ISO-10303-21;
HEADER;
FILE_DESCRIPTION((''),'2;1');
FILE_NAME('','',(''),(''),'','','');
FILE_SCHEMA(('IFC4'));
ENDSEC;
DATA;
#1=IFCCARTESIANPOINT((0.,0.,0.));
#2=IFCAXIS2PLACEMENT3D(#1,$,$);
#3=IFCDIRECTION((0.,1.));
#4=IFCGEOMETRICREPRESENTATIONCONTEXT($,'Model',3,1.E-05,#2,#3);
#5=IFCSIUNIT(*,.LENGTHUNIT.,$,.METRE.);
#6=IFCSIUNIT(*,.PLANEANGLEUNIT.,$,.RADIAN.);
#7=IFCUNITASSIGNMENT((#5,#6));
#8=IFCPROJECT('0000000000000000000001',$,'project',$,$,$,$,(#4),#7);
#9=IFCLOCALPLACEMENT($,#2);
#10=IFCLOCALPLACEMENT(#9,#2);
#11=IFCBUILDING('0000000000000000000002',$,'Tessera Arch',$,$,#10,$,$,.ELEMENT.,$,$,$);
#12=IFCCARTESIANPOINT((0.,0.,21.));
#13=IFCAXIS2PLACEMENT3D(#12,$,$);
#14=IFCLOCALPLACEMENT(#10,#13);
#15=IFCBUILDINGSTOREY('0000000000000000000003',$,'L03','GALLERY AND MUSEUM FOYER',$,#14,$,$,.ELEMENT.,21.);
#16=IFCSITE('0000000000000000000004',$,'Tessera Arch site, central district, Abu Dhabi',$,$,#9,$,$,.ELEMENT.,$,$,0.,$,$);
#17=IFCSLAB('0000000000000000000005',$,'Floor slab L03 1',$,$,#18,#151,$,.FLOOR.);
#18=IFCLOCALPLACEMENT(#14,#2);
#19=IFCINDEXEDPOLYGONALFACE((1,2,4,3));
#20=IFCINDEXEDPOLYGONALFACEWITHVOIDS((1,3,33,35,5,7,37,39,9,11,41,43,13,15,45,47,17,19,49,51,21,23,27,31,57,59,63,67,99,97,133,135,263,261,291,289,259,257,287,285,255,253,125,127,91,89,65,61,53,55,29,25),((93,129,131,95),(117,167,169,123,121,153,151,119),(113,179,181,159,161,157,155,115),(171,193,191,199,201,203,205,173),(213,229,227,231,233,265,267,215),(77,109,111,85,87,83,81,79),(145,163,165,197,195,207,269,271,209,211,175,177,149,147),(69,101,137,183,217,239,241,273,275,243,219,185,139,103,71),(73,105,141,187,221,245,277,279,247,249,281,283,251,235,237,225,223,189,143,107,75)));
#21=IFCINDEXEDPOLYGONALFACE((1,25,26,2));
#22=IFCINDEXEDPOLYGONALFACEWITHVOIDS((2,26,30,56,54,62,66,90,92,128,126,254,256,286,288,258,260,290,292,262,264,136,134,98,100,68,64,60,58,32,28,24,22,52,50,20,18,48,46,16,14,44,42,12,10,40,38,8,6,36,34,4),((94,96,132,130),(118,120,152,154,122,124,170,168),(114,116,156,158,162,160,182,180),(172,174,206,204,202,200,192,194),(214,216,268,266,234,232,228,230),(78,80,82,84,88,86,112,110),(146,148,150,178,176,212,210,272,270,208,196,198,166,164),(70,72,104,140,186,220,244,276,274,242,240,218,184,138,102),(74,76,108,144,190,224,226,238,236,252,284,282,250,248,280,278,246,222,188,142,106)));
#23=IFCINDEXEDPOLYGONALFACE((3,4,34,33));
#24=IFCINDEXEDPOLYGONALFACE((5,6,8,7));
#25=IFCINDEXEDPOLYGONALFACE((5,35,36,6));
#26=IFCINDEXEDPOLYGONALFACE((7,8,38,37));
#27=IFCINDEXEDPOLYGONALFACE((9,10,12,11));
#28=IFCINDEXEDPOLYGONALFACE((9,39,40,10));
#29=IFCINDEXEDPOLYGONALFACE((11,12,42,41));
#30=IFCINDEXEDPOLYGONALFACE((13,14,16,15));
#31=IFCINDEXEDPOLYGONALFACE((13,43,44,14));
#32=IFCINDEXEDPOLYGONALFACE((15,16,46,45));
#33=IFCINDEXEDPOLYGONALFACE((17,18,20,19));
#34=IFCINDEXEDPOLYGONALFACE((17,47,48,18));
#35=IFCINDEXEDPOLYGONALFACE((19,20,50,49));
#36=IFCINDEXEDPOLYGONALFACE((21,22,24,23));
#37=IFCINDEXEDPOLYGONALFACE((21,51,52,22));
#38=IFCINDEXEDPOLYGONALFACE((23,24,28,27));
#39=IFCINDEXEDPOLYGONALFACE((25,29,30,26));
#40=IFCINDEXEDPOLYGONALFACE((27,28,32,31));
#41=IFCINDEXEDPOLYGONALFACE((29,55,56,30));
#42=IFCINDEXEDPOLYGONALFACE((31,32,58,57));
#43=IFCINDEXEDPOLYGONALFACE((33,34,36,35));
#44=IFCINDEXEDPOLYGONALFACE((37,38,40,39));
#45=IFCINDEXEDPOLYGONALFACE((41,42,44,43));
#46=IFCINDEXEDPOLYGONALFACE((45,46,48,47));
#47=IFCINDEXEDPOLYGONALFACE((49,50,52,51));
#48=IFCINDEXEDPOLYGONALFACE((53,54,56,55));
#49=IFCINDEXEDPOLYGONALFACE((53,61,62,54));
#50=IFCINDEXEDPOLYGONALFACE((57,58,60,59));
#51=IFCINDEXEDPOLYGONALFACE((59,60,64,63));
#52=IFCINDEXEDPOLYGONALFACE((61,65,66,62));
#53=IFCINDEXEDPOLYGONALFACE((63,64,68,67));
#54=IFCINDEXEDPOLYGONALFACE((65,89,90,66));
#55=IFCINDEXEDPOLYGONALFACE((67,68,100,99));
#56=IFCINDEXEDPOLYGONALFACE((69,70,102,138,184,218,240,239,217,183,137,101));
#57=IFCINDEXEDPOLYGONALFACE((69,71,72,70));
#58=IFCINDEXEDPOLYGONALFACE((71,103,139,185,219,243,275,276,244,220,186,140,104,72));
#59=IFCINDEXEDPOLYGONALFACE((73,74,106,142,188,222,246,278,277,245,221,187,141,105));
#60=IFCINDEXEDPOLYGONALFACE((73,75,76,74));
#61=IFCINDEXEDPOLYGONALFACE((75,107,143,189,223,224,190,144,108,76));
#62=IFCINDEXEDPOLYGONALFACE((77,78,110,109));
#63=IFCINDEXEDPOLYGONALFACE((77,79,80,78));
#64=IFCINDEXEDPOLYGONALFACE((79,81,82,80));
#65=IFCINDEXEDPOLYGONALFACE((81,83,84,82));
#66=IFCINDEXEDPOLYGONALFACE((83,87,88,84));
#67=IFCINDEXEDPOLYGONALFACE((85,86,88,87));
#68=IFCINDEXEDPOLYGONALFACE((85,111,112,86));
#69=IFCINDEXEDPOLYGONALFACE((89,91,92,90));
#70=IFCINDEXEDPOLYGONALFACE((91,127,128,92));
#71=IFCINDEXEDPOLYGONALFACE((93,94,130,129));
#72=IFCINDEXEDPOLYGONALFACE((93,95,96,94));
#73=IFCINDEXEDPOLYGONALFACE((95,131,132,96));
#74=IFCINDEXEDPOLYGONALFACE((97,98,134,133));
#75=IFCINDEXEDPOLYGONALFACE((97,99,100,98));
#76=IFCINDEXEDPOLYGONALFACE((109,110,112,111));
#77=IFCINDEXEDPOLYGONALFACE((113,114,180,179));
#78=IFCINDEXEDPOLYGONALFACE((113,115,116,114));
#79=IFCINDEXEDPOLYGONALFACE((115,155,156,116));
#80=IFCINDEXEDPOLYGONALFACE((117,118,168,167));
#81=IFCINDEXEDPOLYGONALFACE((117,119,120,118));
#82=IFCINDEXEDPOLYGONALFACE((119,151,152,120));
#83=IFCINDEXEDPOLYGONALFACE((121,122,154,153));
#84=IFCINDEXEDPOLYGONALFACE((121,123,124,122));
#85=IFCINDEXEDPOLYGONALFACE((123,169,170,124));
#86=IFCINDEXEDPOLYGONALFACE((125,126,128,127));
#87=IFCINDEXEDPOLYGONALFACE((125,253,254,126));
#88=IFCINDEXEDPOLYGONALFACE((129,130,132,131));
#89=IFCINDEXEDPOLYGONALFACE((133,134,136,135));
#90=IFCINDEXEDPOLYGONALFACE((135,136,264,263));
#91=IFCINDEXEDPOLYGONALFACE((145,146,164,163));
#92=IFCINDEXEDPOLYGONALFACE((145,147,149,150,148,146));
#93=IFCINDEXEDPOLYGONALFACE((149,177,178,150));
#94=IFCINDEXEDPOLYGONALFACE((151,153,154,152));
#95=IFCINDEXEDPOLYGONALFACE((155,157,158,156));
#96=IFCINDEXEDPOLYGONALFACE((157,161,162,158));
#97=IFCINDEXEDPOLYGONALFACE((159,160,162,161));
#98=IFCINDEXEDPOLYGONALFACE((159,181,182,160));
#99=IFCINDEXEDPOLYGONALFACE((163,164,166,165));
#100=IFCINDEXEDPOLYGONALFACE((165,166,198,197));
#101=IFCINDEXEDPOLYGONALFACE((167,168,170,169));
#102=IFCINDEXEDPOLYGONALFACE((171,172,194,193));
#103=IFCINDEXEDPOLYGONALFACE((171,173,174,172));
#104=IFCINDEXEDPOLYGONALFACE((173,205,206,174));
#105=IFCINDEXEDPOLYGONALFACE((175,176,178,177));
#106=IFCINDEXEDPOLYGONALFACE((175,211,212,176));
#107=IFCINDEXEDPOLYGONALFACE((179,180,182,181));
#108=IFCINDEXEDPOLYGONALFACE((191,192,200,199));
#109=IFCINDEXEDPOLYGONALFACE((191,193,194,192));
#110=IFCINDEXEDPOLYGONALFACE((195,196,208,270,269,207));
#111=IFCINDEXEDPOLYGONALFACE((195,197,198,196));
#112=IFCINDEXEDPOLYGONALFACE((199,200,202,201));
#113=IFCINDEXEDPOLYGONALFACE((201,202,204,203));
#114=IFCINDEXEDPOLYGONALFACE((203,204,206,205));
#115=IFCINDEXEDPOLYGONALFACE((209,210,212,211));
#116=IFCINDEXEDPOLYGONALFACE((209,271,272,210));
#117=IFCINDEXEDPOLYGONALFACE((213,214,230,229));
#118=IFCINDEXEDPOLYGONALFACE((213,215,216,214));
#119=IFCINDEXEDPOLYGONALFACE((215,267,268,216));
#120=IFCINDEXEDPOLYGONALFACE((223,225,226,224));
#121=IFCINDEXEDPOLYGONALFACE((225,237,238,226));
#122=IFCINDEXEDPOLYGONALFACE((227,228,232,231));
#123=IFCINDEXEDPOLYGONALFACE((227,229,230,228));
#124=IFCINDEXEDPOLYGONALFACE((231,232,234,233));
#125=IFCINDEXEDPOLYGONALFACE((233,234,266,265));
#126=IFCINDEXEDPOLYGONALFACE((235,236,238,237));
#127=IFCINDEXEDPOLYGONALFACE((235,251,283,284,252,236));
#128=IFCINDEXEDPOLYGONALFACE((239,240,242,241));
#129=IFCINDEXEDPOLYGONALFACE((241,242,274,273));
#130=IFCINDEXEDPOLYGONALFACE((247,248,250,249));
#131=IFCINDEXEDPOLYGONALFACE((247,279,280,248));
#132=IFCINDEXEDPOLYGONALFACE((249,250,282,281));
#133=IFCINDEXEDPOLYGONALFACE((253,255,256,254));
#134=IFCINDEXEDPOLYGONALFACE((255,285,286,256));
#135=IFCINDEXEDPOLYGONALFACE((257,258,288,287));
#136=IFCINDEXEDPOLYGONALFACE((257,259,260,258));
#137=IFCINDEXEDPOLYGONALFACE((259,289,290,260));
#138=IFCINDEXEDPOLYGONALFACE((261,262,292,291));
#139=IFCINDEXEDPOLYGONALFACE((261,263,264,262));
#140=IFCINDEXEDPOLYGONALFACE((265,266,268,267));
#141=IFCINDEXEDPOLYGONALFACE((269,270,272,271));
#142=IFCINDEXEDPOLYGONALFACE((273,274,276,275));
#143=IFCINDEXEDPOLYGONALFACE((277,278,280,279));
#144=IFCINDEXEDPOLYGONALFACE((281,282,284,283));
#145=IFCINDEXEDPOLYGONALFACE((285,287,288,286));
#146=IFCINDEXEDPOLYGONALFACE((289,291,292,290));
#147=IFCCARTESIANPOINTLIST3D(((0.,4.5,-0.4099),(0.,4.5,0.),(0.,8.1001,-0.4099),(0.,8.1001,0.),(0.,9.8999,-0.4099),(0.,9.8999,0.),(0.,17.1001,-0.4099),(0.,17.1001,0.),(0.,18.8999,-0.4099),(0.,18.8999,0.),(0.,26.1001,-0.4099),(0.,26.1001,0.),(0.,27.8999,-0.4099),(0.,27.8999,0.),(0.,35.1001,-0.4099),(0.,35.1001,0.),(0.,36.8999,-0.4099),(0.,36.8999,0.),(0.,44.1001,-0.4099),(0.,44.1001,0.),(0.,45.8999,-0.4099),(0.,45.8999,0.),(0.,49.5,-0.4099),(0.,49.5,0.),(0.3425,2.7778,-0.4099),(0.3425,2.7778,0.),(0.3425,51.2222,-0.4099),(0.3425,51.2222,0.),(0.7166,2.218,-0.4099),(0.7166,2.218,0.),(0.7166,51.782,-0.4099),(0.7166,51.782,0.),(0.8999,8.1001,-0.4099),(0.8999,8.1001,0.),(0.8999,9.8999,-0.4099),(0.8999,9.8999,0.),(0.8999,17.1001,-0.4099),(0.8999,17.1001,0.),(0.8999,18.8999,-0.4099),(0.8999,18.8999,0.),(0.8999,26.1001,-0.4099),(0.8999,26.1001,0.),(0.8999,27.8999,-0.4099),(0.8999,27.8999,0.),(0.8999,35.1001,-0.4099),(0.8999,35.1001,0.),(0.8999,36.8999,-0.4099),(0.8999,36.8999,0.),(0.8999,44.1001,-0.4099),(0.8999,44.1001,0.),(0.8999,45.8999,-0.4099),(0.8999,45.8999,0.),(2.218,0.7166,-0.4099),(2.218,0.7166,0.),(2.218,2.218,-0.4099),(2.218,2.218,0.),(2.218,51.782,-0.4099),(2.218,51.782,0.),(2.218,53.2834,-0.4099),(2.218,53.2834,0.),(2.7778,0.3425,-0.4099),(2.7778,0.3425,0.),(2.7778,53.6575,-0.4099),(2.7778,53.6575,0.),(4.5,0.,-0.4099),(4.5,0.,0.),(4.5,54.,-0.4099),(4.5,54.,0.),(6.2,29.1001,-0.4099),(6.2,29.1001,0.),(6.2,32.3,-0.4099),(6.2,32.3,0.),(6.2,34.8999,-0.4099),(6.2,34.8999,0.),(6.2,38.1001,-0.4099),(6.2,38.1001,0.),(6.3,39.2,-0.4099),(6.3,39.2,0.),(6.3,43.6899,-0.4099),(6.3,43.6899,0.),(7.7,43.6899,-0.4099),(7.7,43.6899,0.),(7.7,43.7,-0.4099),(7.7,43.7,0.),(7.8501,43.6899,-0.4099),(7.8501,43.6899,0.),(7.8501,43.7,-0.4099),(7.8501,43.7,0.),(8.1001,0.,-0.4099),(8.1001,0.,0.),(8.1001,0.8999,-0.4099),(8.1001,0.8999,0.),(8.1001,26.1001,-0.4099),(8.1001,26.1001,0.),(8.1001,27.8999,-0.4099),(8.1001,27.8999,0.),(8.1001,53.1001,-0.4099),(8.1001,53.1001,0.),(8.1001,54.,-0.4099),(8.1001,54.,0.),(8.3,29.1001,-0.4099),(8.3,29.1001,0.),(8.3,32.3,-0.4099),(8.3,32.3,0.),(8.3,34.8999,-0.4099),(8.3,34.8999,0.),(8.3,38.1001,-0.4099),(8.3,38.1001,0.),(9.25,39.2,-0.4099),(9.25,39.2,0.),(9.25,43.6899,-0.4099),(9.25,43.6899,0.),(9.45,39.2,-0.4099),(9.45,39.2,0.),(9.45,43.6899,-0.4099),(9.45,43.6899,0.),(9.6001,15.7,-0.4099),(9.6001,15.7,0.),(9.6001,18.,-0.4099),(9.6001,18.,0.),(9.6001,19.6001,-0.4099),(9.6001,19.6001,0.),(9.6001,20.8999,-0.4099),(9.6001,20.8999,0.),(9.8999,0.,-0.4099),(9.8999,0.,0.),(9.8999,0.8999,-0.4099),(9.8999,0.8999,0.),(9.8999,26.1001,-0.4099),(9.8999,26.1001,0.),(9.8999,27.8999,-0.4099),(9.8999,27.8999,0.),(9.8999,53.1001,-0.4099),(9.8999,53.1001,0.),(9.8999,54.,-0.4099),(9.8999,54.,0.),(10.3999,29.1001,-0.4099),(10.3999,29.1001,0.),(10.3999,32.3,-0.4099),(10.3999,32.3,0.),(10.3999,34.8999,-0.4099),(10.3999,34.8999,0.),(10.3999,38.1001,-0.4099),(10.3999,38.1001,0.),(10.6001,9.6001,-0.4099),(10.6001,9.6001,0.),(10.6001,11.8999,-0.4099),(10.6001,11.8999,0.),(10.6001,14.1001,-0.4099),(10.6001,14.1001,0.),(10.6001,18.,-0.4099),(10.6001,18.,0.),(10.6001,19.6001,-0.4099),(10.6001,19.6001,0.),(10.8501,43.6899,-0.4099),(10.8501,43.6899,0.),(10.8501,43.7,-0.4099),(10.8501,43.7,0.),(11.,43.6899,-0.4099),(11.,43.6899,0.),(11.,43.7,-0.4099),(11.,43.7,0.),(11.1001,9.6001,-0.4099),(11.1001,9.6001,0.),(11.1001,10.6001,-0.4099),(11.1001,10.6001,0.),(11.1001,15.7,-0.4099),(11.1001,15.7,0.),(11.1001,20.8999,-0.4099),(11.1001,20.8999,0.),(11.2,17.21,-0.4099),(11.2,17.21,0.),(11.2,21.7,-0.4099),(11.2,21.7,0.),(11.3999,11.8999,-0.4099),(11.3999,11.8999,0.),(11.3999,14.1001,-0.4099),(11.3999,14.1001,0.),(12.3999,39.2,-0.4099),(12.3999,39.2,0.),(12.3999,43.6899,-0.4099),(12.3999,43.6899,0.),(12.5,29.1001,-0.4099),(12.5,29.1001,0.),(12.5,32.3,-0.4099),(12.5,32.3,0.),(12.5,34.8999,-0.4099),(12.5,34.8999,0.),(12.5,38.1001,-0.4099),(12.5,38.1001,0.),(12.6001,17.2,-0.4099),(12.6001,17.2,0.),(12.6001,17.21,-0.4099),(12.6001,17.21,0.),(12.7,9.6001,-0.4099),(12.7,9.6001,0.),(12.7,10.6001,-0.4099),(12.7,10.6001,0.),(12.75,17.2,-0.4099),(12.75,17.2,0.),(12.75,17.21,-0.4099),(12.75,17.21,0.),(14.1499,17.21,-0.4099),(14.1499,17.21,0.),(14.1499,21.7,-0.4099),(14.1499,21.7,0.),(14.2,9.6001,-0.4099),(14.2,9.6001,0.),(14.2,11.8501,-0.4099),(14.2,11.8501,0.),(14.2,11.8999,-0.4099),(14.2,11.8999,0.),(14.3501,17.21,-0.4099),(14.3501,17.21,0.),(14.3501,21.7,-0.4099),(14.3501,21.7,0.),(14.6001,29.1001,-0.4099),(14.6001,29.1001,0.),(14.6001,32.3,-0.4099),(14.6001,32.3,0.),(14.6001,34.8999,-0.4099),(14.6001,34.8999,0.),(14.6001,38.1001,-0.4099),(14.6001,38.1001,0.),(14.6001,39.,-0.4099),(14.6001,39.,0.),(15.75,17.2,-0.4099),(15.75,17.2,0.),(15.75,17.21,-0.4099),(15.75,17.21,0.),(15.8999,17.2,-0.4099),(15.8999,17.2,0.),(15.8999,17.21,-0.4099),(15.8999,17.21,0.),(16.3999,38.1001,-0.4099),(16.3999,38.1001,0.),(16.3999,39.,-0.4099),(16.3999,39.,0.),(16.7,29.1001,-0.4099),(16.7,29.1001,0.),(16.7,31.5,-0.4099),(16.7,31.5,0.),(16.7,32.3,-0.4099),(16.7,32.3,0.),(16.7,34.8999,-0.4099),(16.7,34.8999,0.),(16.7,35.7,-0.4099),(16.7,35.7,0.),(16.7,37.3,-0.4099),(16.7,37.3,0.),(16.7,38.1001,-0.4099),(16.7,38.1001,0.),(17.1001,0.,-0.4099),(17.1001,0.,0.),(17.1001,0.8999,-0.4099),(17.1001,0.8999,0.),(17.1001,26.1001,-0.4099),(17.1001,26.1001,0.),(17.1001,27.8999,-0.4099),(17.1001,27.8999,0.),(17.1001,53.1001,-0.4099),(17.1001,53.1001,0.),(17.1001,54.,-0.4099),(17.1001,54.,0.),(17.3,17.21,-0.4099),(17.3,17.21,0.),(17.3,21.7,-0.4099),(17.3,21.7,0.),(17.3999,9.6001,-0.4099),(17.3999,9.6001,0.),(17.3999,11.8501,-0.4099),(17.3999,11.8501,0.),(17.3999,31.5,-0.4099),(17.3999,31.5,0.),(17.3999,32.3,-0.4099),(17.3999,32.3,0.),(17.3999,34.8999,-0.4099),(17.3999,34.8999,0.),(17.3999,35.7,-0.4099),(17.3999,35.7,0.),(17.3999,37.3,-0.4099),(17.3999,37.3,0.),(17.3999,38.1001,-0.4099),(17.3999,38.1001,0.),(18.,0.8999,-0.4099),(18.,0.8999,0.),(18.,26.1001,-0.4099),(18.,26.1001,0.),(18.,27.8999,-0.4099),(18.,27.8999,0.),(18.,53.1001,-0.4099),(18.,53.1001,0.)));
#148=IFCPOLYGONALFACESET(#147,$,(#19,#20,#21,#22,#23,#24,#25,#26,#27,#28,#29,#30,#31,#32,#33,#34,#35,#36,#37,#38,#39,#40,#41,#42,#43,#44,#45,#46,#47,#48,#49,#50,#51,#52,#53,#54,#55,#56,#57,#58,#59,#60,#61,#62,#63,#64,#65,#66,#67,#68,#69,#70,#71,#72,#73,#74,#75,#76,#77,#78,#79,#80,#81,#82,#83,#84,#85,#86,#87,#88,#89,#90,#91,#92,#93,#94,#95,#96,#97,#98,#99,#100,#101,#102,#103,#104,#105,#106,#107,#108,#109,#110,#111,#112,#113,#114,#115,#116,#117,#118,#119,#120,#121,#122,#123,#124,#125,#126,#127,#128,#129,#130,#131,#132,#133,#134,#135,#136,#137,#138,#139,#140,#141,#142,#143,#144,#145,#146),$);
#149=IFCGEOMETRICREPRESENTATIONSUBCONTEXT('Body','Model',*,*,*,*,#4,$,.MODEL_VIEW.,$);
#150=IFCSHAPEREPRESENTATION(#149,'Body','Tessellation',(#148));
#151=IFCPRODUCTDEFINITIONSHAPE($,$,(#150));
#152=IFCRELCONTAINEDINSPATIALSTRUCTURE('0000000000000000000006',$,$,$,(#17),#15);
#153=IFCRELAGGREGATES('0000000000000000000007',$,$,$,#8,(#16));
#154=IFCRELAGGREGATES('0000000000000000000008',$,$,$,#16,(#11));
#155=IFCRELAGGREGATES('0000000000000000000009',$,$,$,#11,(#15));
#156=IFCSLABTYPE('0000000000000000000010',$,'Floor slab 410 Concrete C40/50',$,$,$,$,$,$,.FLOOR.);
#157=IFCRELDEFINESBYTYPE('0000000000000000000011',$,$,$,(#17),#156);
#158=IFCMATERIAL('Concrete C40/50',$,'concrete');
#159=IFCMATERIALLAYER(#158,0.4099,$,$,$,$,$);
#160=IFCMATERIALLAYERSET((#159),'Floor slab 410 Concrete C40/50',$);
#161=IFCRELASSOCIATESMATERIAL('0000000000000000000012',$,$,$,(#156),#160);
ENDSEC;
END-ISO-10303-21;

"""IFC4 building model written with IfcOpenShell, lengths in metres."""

from ifc_helpers import new_model, si_unit, direction, frame, origin, place, context, subcontext, project, spatial, polyline, outline, extrude, material, layer, layer_set, type_object, element, save


model = new_model("IFC4")

# Units and contexts
model_context = context("Model", 3, precision=1e-05, world=origin(), true_north=direction((0.0, 1.0)))
body_context = subcontext(model_context, "Body", "Model", "MODEL_VIEW")
ifc_project = project(units=[si_unit("LENGTHUNIT", "METRE"), si_unit("PLANEANGLEUNIT", "RADIAN")], contexts=[model_context])

# Site, building, storey
site_placement = place(None, origin())
site = spatial("IfcSite", under=ifc_project, at=site_placement, Name="Tessera Arch site, central district, Abu Dhabi", CompositionType="ELEMENT", RefElevation=0.0)
building_placement = place(site_placement, origin())
building = spatial("IfcBuilding", under=site, at=building_placement, Name="Tessera Arch", CompositionType="ELEMENT")
storey_placement = place(building_placement, frame((0.0, 0.0, 21.0)))
storey = spatial("IfcBuildingStorey", under=building, at=storey_placement, Name="L03", Description="GALLERY AND MUSEUM FOYER", CompositionType="ELEMENT", Elevation=21.0)

# Slab
ifc_material_1 = material(Name="Concrete C40/50", Category="concrete")
ifc_layer_1 = layer(ifc_material_1, 0.4099)
ifc_layer_set_1 = layer_set([ifc_layer_1], Name="Floor slab 410 Concrete C40/50")
slab_type = type_object("IfcSlabType", Name="Floor slab 410 Concrete C40/50", PredefinedType="FLOOR", material=ifc_layer_set_1)
slab_1_placement = place(storey_placement, frame((0.0, 0.0, -0.4099)))
element("IfcSlab", 1, at=slab_1_placement, inside=storey, type_object=slab_type, Name="Floor slab L03 1", PredefinedType="FLOOR", context=body_context, shape_type="SweptSolid", body=[
    extrude(outline(polyline([(2.7778, 0.3425), (2.218, 0.7166), (2.218, 2.218), (0.7166, 2.218), (0.3425, 2.7778), (0.0, 4.5), (0.0, 8.1001), (0.8999, 8.1001), (0.8999, 9.8999), (0.0, 9.8999), (0.0, 17.1001), (0.8999, 17.1001), (0.8999, 18.8999), (0.0, 18.8999), (0.0, 26.1001), (0.8999, 26.1001), (0.8999, 27.8999), (0.0, 27.8999), (0.0, 35.1001), (0.8999, 35.1001), (0.8999, 36.8999), (0.0, 36.8999), (0.0, 44.1001), (0.8999, 44.1001), (0.8999, 45.8999), (0.0, 45.8999), (0.0, 49.5), (0.3425, 51.2222), (0.7166, 51.782), (2.218, 51.782), (2.218, 53.2834), (2.7778, 53.6575), (4.5, 54.0), (8.1001, 54.0), (8.1001, 53.1001), (9.8999, 53.1001), (9.8999, 54.0), (17.1001, 54.0), (17.1001, 53.1001), (18.0, 53.1001), (18.0, 27.8999), (17.1001, 27.8999), (17.1001, 26.1001), (18.0, 26.1001), (18.0, 0.8999), (17.1001, 0.8999), (17.1001, 0.0), (9.8999, 0.0), (9.8999, 0.8999), (8.1001, 0.8999), (8.1001, 0.0), (4.5, 0.0), (2.7778, 0.3425)]), holes=[polyline([(8.1001, 27.8999), (8.1001, 26.1001), (9.8999, 26.1001), (9.8999, 27.8999), (8.1001, 27.8999)]), polyline([(6.2, 32.3), (6.2, 29.1001), (8.3, 29.1001), (10.3999, 29.1001), (12.5, 29.1001), (14.6001, 29.1001), (16.7, 29.1001), (16.7, 31.5), (17.3999, 31.5), (17.3999, 32.3), (16.7, 32.3), (14.6001, 32.3), (12.5, 32.3), (10.3999, 32.3), (8.3, 32.3), (6.2, 32.3)]), polyline([(10.3999, 34.8999), (12.5, 34.8999), (14.6001, 34.8999), (16.7, 34.8999), (17.3999, 34.8999), (17.3999, 35.7), (16.7, 35.7), (16.7, 37.3), (17.3999, 37.3), (17.3999, 38.1001), (16.7, 38.1001), (16.3999, 38.1001), (16.3999, 39.0), (14.6001, 39.0), (14.6001, 38.1001), (12.5, 38.1001), (10.3999, 38.1001), (8.3, 38.1001), (6.2, 38.1001), (6.2, 34.8999), (8.3, 34.8999), (10.3999, 34.8999)]), polyline([(7.8501, 43.6899), (7.8501, 43.7), (7.7, 43.7), (7.7, 43.6899), (6.3, 43.6899), (6.3, 39.2), (9.25, 39.2), (9.25, 43.6899), (7.8501, 43.6899)]), polyline([(12.7, 10.6001), (12.7, 9.6001), (14.2, 9.6001), (17.3999, 9.6001), (17.3999, 11.8501), (14.2, 11.8501), (14.2, 11.8999), (11.3999, 11.8999), (11.3999, 14.1001), (10.6001, 14.1001), (10.6001, 11.8999), (10.6001, 9.6001), (11.1001, 9.6001), (11.1001, 10.6001), (12.7, 10.6001)]), polyline([(9.6001, 20.8999), (9.6001, 19.6001), (10.6001, 19.6001), (10.6001, 18.0), (9.6001, 18.0), (9.6001, 15.7), (11.1001, 15.7), (11.1001, 20.8999), (9.6001, 20.8999)]), polyline([(12.6001, 17.21), (12.6001, 17.2), (12.75, 17.2), (12.75, 17.21), (14.1499, 17.21), (14.1499, 21.7), (11.2, 21.7), (11.2, 17.21), (12.6001, 17.21)]), polyline([(15.75, 17.21), (15.75, 17.2), (15.8999, 17.2), (15.8999, 17.21), (17.3, 17.21), (17.3, 21.7), (14.3501, 21.7), (14.3501, 17.21), (15.75, 17.21)]), polyline([(11.0, 43.7), (10.8501, 43.7), (10.8501, 43.6899), (9.45, 43.6899), (9.45, 39.2), (12.3999, 39.2), (12.3999, 43.6899), (11.0, 43.6899), (11.0, 43.7)])]), origin(), (0.0, 0.0, 1.0), 0.4099),
])

save(model, "model.ifc")
